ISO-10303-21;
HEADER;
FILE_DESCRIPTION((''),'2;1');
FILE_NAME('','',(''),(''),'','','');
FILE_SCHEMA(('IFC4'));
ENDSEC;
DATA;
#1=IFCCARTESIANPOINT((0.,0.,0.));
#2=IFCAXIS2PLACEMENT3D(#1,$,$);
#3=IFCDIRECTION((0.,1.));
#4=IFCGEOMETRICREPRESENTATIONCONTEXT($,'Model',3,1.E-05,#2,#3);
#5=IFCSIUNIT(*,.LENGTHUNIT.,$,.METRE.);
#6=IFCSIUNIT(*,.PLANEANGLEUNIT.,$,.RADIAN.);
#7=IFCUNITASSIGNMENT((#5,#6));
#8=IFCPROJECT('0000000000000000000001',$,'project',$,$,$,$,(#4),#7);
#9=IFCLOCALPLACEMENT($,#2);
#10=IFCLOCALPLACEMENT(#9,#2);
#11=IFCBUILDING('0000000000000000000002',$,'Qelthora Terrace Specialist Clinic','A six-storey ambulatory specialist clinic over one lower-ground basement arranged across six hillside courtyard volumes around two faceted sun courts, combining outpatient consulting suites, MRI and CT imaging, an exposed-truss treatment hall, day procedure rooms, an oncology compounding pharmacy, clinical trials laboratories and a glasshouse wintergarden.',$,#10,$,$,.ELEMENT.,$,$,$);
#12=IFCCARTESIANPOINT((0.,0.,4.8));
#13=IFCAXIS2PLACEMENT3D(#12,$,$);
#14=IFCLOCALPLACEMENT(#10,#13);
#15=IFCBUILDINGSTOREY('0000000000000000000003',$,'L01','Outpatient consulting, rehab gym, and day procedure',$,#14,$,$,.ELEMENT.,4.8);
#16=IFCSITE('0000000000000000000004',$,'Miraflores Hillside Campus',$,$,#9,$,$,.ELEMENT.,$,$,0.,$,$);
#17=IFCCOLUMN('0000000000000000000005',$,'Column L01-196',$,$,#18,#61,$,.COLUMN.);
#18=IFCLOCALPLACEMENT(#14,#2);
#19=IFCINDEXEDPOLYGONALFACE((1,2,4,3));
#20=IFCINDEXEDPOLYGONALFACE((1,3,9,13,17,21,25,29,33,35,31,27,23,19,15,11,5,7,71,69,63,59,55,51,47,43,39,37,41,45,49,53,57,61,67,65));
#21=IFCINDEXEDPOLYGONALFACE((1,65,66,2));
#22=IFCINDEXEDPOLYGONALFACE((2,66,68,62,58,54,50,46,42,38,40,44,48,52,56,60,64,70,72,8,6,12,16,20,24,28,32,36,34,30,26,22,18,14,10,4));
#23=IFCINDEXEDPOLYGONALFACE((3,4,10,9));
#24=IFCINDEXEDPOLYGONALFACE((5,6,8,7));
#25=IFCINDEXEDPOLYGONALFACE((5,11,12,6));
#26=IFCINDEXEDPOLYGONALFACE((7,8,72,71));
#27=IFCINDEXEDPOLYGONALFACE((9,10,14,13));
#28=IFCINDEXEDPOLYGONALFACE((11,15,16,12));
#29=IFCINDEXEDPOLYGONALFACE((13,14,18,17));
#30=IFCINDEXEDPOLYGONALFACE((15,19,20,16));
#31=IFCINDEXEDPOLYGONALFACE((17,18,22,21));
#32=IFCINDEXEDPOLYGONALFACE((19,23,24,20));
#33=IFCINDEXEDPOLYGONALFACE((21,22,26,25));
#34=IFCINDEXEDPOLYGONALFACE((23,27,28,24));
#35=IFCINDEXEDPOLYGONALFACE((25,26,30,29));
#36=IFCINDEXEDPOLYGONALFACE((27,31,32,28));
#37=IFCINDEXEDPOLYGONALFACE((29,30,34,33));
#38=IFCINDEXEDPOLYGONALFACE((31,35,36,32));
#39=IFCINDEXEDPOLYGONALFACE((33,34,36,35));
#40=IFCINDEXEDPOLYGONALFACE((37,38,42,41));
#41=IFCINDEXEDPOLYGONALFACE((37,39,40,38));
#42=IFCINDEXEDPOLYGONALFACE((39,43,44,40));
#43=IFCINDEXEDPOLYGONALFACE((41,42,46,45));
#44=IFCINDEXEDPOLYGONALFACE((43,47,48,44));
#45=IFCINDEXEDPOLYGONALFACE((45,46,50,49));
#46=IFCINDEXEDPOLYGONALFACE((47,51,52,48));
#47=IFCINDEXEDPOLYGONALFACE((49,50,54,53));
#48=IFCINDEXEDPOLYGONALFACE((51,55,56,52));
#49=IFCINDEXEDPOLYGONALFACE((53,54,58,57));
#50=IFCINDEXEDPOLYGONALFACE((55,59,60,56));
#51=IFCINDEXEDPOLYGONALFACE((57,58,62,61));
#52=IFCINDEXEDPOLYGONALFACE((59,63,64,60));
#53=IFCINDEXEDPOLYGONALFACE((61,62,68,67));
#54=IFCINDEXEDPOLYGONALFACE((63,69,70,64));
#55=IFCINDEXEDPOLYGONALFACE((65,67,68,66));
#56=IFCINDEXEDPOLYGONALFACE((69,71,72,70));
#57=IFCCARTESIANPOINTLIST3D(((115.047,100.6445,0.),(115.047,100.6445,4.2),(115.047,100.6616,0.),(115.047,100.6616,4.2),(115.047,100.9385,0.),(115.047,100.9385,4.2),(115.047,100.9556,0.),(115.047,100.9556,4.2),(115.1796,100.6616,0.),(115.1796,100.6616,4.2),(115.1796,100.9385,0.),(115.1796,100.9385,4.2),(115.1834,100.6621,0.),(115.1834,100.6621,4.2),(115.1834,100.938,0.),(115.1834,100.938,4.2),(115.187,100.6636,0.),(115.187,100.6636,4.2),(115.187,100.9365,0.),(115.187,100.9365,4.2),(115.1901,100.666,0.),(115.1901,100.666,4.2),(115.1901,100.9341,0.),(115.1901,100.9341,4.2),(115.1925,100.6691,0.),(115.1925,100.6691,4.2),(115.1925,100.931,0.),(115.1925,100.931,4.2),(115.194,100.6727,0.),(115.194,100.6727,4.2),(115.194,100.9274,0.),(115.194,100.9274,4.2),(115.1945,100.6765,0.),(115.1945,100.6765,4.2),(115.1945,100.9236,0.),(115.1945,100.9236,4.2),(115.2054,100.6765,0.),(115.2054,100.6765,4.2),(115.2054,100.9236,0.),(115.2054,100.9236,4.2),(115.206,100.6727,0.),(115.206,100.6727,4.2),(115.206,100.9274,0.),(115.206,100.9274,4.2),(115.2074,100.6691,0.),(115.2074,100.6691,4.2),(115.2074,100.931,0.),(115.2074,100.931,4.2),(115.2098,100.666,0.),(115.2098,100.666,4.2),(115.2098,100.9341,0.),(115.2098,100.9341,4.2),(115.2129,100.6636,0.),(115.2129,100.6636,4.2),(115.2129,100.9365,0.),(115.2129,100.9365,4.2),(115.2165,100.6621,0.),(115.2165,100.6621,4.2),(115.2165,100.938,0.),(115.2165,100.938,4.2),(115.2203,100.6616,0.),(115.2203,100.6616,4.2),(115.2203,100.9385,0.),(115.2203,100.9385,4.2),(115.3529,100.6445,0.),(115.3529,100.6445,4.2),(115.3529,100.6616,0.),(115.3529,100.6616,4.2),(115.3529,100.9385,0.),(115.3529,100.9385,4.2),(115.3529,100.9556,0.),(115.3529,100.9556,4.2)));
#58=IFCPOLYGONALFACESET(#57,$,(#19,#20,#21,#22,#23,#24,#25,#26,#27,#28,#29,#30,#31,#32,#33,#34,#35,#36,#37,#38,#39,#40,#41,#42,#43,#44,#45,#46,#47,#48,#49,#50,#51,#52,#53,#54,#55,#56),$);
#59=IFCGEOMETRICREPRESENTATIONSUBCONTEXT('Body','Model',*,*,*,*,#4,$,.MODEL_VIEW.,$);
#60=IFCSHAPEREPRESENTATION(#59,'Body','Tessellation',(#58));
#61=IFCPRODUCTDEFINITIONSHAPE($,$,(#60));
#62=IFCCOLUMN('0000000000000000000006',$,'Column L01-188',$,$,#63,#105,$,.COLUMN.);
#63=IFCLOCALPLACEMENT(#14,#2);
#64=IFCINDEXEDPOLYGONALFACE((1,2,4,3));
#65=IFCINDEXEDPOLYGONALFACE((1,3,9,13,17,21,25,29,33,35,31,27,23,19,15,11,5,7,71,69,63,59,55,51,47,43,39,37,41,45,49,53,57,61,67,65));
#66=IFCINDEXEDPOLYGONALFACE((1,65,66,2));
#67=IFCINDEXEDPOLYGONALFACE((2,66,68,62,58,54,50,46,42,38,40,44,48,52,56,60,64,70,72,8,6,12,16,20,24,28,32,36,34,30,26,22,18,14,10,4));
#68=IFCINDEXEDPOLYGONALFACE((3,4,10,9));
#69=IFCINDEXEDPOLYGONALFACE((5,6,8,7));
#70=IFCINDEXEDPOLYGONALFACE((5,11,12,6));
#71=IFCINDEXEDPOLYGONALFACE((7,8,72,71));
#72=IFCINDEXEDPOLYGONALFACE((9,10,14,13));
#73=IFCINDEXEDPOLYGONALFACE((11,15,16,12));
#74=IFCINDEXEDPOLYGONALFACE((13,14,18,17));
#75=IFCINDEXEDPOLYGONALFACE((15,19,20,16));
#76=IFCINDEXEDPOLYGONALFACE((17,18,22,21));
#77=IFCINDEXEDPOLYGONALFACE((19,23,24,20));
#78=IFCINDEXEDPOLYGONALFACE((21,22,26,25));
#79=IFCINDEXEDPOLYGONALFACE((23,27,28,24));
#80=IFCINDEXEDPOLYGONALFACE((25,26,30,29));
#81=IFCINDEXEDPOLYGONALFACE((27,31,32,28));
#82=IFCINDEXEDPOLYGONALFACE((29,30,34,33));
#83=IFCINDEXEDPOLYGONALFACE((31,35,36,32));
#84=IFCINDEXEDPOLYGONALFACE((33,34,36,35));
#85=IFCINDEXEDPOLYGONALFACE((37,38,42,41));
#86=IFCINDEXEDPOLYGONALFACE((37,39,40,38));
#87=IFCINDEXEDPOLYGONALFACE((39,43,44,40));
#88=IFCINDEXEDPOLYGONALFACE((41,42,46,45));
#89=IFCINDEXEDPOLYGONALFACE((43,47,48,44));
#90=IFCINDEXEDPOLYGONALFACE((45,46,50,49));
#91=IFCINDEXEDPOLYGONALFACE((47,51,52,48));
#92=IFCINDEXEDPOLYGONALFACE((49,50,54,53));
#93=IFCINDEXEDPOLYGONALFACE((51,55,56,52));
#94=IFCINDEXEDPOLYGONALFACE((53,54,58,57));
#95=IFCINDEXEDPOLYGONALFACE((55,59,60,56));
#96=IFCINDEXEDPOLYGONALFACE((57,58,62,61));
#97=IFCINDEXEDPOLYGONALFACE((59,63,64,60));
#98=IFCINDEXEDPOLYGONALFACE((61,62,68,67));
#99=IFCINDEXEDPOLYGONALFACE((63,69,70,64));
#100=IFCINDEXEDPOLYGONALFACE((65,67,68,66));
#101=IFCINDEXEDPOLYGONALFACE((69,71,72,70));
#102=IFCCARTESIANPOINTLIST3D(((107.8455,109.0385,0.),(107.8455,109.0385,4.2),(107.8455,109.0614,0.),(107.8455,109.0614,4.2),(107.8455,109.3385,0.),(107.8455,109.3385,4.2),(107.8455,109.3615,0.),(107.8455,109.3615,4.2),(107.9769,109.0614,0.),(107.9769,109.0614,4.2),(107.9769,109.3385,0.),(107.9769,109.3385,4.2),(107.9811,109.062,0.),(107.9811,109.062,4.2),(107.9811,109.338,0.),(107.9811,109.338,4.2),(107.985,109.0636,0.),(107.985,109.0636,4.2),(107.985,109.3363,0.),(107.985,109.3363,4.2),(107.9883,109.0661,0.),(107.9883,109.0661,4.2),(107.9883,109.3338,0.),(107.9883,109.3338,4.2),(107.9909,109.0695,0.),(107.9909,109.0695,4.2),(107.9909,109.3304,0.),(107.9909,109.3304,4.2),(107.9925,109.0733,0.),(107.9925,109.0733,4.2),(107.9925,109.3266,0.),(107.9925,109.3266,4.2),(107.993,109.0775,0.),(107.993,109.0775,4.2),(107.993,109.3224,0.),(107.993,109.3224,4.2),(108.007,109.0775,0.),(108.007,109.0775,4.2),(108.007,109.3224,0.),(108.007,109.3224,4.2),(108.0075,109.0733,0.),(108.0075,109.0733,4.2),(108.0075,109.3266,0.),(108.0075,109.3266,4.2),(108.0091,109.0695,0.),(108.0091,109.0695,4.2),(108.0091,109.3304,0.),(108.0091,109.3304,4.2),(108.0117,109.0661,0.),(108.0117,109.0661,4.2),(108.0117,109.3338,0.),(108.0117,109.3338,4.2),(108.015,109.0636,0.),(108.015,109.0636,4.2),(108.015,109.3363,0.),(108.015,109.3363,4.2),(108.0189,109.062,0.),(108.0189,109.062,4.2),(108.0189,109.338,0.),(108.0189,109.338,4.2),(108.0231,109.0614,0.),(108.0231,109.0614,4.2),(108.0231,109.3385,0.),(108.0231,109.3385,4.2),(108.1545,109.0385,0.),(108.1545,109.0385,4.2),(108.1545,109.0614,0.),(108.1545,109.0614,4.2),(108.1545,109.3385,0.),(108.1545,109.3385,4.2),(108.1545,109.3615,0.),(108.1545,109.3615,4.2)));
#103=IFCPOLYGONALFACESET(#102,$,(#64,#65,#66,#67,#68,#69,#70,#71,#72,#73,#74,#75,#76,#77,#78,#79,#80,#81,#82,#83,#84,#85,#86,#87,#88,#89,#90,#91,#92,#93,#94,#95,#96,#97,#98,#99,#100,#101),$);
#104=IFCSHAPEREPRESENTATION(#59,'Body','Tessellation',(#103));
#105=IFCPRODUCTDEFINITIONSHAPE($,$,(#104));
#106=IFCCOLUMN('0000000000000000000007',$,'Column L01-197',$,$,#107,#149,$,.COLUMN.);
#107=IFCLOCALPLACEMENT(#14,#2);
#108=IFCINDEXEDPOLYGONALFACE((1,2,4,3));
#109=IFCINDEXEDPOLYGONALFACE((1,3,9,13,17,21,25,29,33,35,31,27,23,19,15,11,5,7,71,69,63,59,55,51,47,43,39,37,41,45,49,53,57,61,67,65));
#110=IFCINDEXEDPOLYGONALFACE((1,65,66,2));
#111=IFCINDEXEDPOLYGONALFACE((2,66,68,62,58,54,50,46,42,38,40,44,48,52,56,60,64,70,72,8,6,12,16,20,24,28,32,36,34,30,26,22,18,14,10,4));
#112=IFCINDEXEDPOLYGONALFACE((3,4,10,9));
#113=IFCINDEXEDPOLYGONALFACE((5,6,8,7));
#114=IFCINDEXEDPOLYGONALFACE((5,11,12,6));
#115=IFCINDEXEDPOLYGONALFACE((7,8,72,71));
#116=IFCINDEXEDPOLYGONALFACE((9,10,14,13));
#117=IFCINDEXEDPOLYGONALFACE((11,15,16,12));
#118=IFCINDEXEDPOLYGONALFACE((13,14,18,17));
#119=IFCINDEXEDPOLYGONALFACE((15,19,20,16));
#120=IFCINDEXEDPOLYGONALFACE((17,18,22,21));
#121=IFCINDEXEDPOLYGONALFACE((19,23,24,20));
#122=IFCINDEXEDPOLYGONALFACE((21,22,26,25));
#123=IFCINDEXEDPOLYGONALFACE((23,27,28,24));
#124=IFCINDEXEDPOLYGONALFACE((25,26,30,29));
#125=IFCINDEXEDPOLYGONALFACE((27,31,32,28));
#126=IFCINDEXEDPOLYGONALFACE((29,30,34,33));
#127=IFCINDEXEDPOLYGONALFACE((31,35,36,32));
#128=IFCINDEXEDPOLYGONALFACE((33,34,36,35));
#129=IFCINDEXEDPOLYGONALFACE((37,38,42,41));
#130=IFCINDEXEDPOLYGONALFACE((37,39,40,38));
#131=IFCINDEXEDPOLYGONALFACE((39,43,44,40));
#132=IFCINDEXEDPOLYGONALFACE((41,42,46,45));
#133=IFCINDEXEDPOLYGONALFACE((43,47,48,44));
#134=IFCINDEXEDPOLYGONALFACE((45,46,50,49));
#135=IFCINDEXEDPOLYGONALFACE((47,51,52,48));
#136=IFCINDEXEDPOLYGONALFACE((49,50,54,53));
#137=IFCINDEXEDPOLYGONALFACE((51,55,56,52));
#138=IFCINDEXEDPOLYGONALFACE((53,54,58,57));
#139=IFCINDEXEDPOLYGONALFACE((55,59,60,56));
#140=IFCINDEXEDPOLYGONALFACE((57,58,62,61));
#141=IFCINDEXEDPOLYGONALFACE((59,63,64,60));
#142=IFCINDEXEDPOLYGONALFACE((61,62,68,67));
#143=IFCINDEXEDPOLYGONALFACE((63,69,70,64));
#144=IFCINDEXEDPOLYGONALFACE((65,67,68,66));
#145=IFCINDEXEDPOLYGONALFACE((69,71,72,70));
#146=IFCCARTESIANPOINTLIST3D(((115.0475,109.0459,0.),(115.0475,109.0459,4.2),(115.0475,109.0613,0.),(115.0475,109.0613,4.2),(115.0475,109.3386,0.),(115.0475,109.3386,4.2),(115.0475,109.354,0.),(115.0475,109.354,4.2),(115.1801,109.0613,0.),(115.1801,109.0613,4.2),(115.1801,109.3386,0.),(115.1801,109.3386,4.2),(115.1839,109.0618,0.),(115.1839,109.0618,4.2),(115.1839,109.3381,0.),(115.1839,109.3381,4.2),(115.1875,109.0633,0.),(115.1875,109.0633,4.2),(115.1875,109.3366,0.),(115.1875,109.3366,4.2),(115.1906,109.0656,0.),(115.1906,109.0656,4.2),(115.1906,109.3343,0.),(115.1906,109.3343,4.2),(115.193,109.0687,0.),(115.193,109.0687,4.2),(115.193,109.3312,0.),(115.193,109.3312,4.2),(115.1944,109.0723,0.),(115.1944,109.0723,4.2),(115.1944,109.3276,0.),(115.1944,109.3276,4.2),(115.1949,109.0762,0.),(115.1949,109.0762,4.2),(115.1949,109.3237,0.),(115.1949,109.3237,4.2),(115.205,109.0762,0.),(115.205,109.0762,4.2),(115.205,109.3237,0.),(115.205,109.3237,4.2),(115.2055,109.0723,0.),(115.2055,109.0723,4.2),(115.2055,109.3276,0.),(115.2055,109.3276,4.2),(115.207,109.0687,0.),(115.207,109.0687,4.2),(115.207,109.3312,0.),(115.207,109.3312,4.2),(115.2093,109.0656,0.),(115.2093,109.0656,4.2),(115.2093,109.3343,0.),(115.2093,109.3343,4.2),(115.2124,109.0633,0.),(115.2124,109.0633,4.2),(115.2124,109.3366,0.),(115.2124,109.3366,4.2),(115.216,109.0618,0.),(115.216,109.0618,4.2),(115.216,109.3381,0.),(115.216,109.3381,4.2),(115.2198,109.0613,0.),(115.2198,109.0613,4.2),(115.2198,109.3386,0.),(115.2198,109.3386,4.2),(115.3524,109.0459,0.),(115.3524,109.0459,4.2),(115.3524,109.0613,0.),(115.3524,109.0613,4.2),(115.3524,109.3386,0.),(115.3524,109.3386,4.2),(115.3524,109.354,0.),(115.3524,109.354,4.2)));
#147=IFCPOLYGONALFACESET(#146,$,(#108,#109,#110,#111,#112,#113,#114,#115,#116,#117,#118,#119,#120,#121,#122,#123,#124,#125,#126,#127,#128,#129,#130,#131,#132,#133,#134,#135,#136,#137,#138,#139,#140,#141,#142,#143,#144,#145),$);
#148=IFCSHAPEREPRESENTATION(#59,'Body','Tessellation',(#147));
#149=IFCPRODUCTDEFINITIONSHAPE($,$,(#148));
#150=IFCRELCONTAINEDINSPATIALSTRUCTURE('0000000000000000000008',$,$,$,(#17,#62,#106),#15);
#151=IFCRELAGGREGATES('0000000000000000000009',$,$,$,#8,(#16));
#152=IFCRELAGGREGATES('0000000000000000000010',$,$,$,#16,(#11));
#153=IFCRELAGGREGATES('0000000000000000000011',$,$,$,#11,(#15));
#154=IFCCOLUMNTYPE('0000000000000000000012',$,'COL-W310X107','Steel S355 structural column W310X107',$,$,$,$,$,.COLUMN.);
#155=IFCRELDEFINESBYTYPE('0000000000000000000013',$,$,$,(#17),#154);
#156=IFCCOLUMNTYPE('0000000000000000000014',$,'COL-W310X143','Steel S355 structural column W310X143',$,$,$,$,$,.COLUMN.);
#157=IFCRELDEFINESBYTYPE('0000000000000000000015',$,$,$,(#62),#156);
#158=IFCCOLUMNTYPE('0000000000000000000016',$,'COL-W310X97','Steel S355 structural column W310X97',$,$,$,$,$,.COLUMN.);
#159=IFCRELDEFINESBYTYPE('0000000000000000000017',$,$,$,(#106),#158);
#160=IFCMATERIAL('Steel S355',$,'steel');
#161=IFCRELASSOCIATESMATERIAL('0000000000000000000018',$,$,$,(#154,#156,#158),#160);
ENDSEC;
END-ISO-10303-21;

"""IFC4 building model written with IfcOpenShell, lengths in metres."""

from ifc_helpers import new_model, si_unit, direction, frame, origin, origin_2d, place, context, subcontext, project, spatial, i_section, extrude, material, material_profile, profile_set, type_object, element, save


model = new_model("IFC4")

# Units and contexts
model_context = context("Model", 3, precision=1e-05, world=origin(), true_north=direction((0.0, 1.0)))
body_context = subcontext(model_context, "Body", "Model", "MODEL_VIEW")
ifc_project = project(units=[si_unit("LENGTHUNIT", "METRE"), si_unit("PLANEANGLEUNIT", "RADIAN")], contexts=[model_context])

# Site, building, storey
site_placement = place(None, origin())
site = spatial("IfcSite", under=ifc_project, at=site_placement, Name="Miraflores Hillside Campus", CompositionType="ELEMENT", RefElevation=0.0)
building_placement = place(site_placement, origin())
building = spatial("IfcBuilding", under=site, at=building_placement, Name="Qelthora Terrace Specialist Clinic", Description="A six-storey ambulatory specialist clinic over one lower-ground basement arranged across six hillside courtyard volumes around two faceted sun courts, combining outpatient consulting suites, MRI and CT imaging, an exposed-truss treatment hall, day procedure rooms, an oncology compounding pharmacy, clinical trials laboratories and a glasshouse wintergarden.", CompositionType="ELEMENT")
storey_placement = place(building_placement, frame((0.0, 0.0, 4.8)))
storey = spatial("IfcBuildingStorey", under=building, at=storey_placement, Name="L01", Description="Outpatient consulting, rehab gym, and day procedure", CompositionType="ELEMENT", Elevation=4.8)

# Columns
ifc_material_1 = material(Name="Steel S355", Category="steel")
ifc_material_profile_1 = material_profile(ifc_material_1, i_section(OverallWidth=0.3059, OverallDepth=0.311, WebThickness=0.011, FlangeThickness=0.0171, FilletRadius=0.0149, at=origin_2d()), Name="W310X107")
ifc_profile_set_1 = profile_set([ifc_material_profile_1], Name="Steel S355")
column_type_1 = type_object("IfcColumnType", Name="COL-W310X107", Description="Steel S355 structural column W310X107", PredefinedType="COLUMN", material=ifc_profile_set_1)
column_1_placement = place(storey_placement, frame((115.2, 100.8, 0.0), z_axis=(0.0, 0.0, 1.0), x_axis=(1.0, 0.0, 0.0)))
element("IfcColumn", 1, at=column_1_placement, inside=storey, type_object=column_type_1, Name="Column L01-196", PredefinedType="COLUMN", context=body_context, shape_type="SweptSolid", body=[
    extrude(i_section(OverallWidth=0.3059, OverallDepth=0.311, WebThickness=0.011, FlangeThickness=0.0171, FilletRadius=0.0149, at=origin_2d()), origin(), (0.0, 0.0, 1.0), 4.2),
])
ifc_material_profile_2 = material_profile(ifc_material_1, i_section(OverallWidth=0.3091, OverallDepth=0.323, WebThickness=0.0139, FlangeThickness=0.0229, FilletRadius=0.0161, at=origin_2d()), Name="W310X143")
ifc_profile_set_2 = profile_set([ifc_material_profile_2], Name="Steel S355")
column_type_2 = type_object("IfcColumnType", Name="COL-W310X143", Description="Steel S355 structural column W310X143", PredefinedType="COLUMN", material=ifc_profile_set_2)
column_2_placement = place(storey_placement, frame((108.0, 109.2, 0.0), z_axis=(0.0, 0.0, 1.0), x_axis=(1.0, 0.0, 0.0)))
element("IfcColumn", 2, at=column_2_placement, inside=storey, type_object=column_type_2, Name="Column L01-188", PredefinedType="COLUMN", context=body_context, shape_type="SweptSolid", body=[
    extrude(i_section(OverallWidth=0.3091, OverallDepth=0.323, WebThickness=0.0139, FlangeThickness=0.0229, FilletRadius=0.0161, at=origin_2d()), origin(), (0.0, 0.0, 1.0), 4.2),
])
ifc_material_profile_3 = material_profile(ifc_material_1, i_section(OverallWidth=0.3049, OverallDepth=0.3081, WebThickness=0.01, FlangeThickness=0.0154, FilletRadius=0.0149, at=origin_2d()), Name="W310X97")
ifc_profile_set_3 = profile_set([ifc_material_profile_3], Name="Steel S355")
column_type_3 = type_object("IfcColumnType", Name="COL-W310X97", Description="Steel S355 structural column W310X97", PredefinedType="COLUMN", material=ifc_profile_set_3)
column_3_placement = place(storey_placement, frame((115.2, 109.2, 0.0), z_axis=(0.0, 0.0, 1.0), x_axis=(1.0, 0.0, 0.0)))
element("IfcColumn", 3, at=column_3_placement, inside=storey, type_object=column_type_3, Name="Column L01-197", PredefinedType="COLUMN", context=body_context, shape_type="SweptSolid", body=[
    extrude(i_section(OverallWidth=0.3049, OverallDepth=0.3081, WebThickness=0.01, FlangeThickness=0.0154, FilletRadius=0.0149, at=origin_2d()), origin(), (0.0, 0.0, 1.0), 4.2),
])

save(model, "model.ifc")
